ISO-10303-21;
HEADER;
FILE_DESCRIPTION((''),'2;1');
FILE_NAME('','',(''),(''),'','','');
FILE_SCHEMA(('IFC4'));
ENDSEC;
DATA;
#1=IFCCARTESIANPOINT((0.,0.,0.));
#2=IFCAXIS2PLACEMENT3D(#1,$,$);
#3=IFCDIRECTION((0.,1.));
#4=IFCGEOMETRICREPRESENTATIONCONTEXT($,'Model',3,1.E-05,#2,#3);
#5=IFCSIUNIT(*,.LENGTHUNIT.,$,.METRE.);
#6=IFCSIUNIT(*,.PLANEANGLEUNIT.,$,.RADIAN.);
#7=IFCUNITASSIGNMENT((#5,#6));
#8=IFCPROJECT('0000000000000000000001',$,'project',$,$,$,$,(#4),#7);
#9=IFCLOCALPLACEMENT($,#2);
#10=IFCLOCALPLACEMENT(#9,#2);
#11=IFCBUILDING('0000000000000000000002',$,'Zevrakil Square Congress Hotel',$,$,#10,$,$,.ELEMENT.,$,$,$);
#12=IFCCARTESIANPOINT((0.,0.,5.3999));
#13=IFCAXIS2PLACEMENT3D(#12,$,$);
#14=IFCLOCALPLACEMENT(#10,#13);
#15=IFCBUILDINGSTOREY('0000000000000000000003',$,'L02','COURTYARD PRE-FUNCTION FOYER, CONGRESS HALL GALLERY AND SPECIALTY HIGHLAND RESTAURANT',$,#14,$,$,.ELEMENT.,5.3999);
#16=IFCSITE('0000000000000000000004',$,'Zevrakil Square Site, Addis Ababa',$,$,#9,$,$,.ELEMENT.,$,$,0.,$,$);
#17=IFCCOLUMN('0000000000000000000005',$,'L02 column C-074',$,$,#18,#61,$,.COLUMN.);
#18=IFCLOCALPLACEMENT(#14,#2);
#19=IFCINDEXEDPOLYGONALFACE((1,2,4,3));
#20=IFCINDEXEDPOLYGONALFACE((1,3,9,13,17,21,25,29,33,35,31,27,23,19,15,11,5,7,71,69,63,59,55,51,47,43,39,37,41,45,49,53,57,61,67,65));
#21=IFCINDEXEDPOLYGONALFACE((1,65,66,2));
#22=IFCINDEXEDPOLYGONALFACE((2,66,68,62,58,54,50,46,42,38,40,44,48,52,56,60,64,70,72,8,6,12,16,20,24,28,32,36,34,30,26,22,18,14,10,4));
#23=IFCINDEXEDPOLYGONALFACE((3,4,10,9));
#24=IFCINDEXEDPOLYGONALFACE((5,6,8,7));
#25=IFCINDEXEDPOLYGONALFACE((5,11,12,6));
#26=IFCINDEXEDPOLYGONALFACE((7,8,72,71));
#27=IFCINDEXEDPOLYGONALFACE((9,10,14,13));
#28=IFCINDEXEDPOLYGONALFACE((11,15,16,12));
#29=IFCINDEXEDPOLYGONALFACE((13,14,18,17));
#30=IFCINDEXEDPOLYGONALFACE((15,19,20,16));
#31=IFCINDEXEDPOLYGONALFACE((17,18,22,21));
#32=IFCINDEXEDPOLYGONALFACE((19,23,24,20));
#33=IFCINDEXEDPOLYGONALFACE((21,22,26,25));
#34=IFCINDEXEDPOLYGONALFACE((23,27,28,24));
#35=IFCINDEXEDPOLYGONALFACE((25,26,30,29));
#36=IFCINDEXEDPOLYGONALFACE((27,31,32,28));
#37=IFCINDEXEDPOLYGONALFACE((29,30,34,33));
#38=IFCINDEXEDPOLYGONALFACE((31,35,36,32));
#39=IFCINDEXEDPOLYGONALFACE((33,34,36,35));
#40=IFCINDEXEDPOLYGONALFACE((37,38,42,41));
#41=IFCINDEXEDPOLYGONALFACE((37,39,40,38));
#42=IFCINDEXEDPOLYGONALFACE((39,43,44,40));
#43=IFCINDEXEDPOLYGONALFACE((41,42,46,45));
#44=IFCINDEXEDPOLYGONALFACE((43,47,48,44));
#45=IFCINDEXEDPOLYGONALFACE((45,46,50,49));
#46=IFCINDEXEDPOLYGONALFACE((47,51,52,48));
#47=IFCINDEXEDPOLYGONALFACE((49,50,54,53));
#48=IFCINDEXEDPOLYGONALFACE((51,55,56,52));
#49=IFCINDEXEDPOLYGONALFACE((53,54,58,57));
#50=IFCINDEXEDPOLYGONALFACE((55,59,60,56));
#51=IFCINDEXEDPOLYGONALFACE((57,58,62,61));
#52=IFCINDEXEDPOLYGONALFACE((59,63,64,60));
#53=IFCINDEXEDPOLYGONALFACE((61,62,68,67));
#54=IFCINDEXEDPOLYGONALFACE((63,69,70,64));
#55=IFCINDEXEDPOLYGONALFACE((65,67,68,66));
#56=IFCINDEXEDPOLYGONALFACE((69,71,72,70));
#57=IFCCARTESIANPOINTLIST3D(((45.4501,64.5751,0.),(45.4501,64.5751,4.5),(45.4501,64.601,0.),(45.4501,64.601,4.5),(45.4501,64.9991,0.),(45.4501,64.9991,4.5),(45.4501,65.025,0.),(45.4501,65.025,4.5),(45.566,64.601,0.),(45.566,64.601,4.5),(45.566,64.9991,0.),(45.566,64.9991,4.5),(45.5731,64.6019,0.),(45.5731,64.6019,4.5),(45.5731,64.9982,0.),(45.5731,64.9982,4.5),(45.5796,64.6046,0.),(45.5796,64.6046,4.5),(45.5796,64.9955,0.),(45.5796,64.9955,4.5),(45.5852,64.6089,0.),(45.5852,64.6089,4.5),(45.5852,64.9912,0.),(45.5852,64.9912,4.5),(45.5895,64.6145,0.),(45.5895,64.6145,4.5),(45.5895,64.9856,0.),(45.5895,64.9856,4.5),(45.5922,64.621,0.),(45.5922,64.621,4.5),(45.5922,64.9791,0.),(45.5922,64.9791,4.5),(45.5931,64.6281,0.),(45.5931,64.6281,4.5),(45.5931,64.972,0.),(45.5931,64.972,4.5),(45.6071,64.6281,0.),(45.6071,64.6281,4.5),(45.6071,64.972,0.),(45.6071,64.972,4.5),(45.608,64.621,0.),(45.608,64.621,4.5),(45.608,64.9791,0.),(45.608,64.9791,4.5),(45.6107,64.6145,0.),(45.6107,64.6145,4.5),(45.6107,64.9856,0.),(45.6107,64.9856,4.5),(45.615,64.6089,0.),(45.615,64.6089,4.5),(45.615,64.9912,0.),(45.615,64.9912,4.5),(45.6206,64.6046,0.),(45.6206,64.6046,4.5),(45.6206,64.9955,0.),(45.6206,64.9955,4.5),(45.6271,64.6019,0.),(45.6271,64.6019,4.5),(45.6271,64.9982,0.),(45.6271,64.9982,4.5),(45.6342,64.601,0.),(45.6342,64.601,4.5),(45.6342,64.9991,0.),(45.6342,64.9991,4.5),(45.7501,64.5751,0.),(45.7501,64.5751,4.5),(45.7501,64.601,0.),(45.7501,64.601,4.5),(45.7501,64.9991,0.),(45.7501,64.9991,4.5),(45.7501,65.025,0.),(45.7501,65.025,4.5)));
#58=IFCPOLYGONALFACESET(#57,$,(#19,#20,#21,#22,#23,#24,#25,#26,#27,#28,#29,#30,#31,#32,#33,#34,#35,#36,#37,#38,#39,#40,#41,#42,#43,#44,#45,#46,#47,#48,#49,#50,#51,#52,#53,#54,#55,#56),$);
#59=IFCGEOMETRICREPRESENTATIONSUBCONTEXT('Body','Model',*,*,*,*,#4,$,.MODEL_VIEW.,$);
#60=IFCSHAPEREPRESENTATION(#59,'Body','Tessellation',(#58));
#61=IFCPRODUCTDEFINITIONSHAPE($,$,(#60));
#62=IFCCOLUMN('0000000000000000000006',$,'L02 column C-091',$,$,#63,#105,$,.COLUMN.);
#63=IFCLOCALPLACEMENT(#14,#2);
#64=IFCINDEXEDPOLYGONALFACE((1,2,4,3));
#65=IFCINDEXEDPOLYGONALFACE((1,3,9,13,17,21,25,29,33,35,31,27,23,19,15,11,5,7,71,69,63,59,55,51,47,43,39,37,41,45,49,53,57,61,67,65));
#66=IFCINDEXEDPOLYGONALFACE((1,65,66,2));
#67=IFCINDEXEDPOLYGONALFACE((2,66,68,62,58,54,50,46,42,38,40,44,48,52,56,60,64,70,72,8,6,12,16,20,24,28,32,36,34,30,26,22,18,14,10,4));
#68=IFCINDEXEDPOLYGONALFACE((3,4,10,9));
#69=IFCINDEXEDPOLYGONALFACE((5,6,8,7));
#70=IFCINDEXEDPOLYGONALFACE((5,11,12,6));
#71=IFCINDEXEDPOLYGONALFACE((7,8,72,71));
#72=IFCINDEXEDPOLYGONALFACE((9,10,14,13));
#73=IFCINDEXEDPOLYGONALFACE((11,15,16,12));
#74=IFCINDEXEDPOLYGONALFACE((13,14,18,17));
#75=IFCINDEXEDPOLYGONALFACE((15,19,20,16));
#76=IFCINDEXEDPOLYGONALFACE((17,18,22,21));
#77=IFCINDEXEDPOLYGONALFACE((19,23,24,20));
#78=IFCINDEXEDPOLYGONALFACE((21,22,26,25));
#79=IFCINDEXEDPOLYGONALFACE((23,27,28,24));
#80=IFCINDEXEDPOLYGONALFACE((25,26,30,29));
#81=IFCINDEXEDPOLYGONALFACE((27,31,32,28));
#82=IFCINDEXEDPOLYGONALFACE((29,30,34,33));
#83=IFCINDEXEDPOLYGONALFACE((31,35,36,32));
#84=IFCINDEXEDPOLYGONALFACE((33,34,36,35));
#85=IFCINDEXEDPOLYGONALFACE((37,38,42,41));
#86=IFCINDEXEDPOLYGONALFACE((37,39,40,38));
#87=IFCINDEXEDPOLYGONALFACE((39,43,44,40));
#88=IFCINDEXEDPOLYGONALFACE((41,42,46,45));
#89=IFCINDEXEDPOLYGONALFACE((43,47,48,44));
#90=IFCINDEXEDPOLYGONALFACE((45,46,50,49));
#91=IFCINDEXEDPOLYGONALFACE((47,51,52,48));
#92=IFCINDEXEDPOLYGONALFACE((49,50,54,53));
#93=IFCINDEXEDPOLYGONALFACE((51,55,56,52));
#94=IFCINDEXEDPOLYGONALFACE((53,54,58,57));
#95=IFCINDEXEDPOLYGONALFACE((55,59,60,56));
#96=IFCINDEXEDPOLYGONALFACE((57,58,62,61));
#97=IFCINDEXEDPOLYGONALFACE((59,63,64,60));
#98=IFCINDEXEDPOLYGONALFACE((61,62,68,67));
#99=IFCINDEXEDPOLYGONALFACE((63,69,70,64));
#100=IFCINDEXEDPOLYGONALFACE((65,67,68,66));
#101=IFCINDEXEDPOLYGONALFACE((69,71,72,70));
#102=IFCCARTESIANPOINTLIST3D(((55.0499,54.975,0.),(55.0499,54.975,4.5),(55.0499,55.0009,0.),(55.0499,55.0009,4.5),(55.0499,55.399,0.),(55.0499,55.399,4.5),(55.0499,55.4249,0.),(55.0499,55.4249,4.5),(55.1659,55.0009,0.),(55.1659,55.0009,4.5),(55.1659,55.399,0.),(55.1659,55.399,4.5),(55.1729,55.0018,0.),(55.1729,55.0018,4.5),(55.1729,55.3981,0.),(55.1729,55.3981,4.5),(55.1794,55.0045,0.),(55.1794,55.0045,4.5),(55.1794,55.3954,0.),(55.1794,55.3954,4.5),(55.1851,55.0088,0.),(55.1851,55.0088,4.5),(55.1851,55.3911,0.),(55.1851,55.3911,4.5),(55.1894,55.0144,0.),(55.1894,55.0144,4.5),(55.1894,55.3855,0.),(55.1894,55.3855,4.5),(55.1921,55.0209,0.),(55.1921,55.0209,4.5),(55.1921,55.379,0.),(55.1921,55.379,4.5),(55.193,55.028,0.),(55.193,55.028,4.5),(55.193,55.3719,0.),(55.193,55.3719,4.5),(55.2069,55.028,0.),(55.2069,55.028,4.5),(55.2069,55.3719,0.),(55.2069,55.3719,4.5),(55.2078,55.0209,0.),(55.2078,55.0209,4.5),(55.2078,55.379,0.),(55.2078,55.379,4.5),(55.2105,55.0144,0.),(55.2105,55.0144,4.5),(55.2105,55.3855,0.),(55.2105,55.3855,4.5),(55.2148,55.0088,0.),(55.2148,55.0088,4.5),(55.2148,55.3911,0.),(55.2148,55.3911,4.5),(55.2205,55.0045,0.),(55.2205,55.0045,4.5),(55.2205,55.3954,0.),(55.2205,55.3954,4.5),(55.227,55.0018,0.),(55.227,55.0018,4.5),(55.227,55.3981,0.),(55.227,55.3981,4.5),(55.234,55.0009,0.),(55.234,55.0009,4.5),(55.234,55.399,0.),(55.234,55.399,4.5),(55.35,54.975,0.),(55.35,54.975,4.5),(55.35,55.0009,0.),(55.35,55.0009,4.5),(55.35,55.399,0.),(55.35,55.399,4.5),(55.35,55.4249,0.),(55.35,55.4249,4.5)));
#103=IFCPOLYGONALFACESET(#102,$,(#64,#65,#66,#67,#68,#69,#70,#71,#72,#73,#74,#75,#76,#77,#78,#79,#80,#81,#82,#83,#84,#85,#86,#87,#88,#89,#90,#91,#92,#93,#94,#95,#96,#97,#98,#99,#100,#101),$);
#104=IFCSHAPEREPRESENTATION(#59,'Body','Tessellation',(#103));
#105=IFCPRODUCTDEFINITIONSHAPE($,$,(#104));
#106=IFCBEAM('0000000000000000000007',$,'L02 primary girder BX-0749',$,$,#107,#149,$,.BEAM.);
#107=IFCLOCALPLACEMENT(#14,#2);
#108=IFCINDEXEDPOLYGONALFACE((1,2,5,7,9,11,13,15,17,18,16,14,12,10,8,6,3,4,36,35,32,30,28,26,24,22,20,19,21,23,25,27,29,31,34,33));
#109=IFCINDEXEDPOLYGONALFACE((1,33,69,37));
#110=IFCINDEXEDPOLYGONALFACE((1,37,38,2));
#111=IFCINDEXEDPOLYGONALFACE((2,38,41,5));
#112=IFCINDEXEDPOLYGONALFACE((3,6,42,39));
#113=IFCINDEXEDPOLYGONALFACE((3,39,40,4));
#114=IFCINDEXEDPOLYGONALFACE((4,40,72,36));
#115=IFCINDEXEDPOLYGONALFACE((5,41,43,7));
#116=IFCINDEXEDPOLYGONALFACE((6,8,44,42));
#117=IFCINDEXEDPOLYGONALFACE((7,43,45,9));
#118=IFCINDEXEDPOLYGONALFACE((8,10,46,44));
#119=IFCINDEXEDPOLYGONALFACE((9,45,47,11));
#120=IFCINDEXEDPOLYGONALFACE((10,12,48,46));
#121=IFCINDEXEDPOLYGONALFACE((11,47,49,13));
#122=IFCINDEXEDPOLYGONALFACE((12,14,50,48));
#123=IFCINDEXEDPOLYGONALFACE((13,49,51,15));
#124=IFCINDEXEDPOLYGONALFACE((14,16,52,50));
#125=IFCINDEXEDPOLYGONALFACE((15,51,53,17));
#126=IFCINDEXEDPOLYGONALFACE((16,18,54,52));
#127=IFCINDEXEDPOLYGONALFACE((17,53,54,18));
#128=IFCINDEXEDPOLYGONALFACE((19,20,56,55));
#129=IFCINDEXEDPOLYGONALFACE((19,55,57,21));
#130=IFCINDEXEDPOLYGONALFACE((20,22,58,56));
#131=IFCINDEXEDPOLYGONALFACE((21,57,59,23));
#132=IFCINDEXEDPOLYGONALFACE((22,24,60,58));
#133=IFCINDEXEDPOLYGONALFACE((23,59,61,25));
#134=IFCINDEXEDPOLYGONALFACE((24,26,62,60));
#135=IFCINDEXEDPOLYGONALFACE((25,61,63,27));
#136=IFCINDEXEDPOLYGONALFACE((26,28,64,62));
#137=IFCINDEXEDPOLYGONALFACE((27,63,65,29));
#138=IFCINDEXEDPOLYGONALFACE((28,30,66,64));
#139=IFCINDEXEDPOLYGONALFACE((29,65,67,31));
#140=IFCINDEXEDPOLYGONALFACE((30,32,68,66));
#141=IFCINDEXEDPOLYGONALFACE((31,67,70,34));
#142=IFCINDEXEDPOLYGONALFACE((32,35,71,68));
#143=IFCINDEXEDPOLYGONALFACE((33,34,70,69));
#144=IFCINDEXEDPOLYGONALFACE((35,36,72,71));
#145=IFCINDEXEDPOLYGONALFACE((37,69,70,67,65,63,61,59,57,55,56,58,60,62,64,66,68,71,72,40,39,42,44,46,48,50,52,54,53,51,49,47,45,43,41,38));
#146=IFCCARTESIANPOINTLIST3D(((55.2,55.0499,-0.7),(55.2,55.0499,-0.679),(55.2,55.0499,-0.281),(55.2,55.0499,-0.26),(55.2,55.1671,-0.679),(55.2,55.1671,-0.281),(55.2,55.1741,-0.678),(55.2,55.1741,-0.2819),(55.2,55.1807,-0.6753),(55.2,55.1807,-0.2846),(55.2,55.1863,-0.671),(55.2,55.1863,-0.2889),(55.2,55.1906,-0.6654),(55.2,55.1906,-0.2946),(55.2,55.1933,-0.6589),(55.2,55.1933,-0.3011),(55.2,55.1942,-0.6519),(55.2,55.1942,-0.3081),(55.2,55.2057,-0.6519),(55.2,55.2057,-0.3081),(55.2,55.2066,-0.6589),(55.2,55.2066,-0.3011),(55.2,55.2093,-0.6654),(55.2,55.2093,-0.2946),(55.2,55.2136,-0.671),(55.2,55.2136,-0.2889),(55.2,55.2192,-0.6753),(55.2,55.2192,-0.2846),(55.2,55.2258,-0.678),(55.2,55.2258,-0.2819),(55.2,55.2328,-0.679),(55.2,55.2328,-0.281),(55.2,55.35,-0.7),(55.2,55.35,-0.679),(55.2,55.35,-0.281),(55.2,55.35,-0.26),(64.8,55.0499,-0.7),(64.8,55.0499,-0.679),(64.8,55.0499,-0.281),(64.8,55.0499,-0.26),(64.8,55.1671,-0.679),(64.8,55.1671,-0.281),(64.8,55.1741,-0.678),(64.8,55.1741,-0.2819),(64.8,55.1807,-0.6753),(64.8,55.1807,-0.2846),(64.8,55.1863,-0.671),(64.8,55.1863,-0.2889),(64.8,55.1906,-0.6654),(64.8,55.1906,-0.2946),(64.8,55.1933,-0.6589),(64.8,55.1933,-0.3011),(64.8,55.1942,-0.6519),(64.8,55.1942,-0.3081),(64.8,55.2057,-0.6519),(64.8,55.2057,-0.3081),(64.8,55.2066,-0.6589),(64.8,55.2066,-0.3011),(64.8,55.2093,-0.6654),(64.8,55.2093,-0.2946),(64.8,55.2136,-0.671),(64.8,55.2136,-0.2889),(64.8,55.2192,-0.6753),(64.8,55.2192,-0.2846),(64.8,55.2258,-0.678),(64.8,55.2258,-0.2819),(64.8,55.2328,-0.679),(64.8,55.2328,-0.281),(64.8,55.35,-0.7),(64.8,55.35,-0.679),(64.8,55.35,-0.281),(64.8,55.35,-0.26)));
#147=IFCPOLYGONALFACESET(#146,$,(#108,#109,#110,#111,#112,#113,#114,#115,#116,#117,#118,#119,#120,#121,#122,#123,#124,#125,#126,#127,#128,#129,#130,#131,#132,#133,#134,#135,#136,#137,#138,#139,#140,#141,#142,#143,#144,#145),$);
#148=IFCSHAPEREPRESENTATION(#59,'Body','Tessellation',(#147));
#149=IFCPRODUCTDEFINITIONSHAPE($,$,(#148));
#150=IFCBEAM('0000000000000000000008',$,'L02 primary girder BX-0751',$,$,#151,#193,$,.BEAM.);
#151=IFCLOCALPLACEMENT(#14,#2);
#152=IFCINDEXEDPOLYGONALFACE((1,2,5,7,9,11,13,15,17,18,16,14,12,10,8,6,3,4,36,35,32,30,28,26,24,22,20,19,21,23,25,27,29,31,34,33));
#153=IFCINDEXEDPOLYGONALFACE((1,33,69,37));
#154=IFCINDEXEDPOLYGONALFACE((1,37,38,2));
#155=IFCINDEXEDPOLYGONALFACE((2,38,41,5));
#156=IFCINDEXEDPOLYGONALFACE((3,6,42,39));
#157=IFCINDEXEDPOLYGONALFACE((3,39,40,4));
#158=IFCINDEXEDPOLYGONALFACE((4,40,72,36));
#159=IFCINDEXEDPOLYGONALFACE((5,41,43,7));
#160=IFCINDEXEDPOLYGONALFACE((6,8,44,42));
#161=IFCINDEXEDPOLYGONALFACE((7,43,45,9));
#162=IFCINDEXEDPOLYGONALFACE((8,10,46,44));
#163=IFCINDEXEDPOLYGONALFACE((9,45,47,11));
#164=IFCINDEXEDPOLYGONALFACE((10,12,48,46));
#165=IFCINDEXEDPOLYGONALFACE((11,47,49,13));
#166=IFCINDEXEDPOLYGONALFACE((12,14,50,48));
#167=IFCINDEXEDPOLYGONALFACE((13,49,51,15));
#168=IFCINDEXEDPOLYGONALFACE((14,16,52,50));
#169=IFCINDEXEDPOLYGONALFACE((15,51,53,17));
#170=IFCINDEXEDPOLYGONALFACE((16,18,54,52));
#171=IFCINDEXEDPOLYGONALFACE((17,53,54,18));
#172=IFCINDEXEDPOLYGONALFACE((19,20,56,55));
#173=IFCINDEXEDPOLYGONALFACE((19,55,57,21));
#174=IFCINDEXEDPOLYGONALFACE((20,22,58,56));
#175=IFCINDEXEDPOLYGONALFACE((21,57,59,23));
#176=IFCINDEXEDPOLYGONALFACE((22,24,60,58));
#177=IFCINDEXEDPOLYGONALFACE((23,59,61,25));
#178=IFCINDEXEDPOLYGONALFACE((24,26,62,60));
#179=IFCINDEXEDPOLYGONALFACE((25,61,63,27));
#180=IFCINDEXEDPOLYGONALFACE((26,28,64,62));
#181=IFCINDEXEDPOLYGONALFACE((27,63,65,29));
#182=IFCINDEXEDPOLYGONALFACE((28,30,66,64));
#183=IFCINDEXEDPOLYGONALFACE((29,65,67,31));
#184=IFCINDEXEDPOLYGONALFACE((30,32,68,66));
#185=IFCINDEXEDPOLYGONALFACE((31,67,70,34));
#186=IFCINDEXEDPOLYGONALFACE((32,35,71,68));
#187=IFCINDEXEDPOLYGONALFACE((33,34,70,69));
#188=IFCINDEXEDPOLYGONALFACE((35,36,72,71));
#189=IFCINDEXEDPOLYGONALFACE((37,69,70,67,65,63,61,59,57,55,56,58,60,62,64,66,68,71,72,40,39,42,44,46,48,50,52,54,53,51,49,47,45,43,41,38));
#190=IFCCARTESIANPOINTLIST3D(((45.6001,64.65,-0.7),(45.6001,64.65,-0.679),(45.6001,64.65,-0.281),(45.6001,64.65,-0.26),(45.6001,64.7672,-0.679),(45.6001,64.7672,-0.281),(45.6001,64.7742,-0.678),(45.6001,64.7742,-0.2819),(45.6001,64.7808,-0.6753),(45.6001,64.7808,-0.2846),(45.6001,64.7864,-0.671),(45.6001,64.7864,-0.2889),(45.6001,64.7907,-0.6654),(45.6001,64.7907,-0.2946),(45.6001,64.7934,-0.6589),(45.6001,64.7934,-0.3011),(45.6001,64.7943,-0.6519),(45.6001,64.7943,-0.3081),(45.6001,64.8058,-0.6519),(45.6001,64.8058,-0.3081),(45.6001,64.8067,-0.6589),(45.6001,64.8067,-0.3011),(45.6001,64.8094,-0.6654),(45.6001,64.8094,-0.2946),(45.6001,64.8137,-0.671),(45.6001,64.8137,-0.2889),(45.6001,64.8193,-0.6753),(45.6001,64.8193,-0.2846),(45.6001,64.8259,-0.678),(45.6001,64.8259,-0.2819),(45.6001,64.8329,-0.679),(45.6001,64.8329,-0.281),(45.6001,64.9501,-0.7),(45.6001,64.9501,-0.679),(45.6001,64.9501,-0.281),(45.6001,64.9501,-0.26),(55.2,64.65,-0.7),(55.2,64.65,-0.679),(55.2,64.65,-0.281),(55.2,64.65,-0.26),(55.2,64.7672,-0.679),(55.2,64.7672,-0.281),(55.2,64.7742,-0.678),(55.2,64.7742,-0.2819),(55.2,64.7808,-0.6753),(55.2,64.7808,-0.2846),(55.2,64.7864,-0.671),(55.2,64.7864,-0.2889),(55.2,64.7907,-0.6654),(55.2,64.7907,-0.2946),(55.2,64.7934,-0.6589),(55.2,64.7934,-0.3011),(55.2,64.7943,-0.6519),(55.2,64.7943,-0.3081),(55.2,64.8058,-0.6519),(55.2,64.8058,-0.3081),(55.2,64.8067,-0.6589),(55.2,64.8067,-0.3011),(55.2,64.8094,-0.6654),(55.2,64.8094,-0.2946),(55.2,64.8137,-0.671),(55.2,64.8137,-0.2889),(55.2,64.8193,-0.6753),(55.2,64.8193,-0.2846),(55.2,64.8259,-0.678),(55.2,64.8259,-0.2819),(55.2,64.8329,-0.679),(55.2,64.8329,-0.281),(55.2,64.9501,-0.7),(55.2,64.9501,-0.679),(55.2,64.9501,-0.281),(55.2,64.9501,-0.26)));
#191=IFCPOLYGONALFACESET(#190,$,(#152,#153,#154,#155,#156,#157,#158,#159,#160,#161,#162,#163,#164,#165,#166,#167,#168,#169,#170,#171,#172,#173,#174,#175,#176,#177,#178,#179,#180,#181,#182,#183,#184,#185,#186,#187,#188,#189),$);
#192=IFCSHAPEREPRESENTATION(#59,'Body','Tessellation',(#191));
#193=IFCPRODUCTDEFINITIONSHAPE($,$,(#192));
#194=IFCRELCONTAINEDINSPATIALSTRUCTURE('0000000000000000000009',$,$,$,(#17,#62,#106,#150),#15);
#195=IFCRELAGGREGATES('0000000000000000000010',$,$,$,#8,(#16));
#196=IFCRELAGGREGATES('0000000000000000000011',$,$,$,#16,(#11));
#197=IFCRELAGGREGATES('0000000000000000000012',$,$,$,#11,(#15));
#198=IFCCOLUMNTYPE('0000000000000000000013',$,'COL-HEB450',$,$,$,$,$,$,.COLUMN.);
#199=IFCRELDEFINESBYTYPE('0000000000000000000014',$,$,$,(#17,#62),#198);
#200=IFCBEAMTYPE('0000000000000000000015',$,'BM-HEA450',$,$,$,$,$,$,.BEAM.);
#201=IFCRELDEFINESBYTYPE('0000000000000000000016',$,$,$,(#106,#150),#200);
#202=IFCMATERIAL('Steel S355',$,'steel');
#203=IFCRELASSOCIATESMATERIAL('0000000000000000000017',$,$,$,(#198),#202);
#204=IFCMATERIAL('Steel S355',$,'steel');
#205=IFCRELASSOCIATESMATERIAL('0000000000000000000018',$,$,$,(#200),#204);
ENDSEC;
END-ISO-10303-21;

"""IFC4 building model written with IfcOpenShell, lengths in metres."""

from ifc_helpers import new_model, si_unit, direction, frame, origin, origin_2d, place, context, subcontext, project, spatial, i_section, extrude, material, material_profile, profile_set, type_object, element, save


model = new_model("IFC4")

# Units and contexts
model_context = context("Model", 3, precision=1e-05, world=origin(), true_north=direction((0.0, 1.0)))
body_context = subcontext(model_context, "Body", "Model", "MODEL_VIEW")
ifc_project = project(units=[si_unit("LENGTHUNIT", "METRE"), si_unit("PLANEANGLEUNIT", "RADIAN")], contexts=[model_context])

# Site, building, storey
site_placement = place(None, origin())
site = spatial("IfcSite", under=ifc_project, at=site_placement, Name="Zevrakil Square Site, Addis Ababa", CompositionType="ELEMENT", RefElevation=0.0)
building_placement = place(site_placement, origin())
building = spatial("IfcBuilding", under=site, at=building_placement, Name="Zevrakil Square Congress Hotel", CompositionType="ELEMENT")
storey_placement = place(building_placement, frame((0.0, 0.0, 5.3999)))
storey = spatial("IfcBuildingStorey", under=building, at=storey_placement, Name="L02", Description="COURTYARD PRE-FUNCTION FOYER, CONGRESS HALL GALLERY AND SPECIALTY HIGHLAND RESTAURANT", CompositionType="ELEMENT", Elevation=5.3999)

# Columns
ifc_material_1 = material(Name="Steel S355", Category="steel")
ifc_material_profile_1 = material_profile(ifc_material_1, i_section(OverallWidth=0.3, OverallDepth=0.45, WebThickness=0.0139, FlangeThickness=0.0259, FilletRadius=0.0271, at=origin_2d()), Name="HEB 450")
ifc_profile_set_1 = profile_set([ifc_material_profile_1], Name="Steel S355")
column_type = type_object("IfcColumnType", Name="COL-HEB450", PredefinedType="COLUMN", material=ifc_profile_set_1)
for number, where, z_axis, x_axis, name in (
    (1, (45.6001, 64.8, 0.0), (0.0, 0.0, 1.0), (1.0, 0.0, 0.0), "L02 column C-074"),
    (2, (55.2, 55.2, 0.0), (0.0, 0.0, 1.0), (1.0, 0.0, 0.0), "L02 column C-091"),
):
    element("IfcColumn", number, at=place(storey_placement, frame(where, z_axis=z_axis, x_axis=x_axis)), inside=storey, type_object=column_type, Name=name, PredefinedType="COLUMN", context=body_context, shape_type="SweptSolid", body=[
        extrude(i_section(OverallWidth=0.3, OverallDepth=0.45, WebThickness=0.0139, FlangeThickness=0.0259, FilletRadius=0.0271, at=origin_2d()), origin(), (0.0, 0.0, 1.0), 4.5),
    ])

# Beams
ifc_material_2 = material(Name="Steel S355", Category="steel")
ifc_material_profile_2 = material_profile(ifc_material_2, i_section(OverallWidth=0.3, OverallDepth=0.4399, WebThickness=0.0115, FlangeThickness=0.021, FilletRadius=0.0271, at=origin_2d()), Name="HEA 450")
ifc_profile_set_2 = profile_set([ifc_material_profile_2], Name="Steel S355")
beam_type_1 = type_object("IfcBeamType", Name="BM-HEA450", PredefinedType="BEAM", material=ifc_profile_set_2)
beam_1_placement = place(storey_placement, frame((55.2, 55.2, -0.48), z_axis=(1.0, 0.0, 0.0), x_axis=(0.0, 1.0, 0.0)))
element("IfcBeam", 3, at=beam_1_placement, inside=storey, type_object=beam_type_1, Name="L02 primary girder BX-0749", PredefinedType="BEAM", context=body_context, shape_type="SweptSolid", body=[
    extrude(i_section(OverallWidth=0.3, OverallDepth=0.4399, WebThickness=0.0115, FlangeThickness=0.021, FilletRadius=0.0271, at=origin_2d()), origin(), (0.0, 0.0, 1.0), 9.6001),
])
beam_2_placement = place(storey_placement, frame((45.6001, 64.8, -0.48), z_axis=(1.0, 0.0, 0.0), x_axis=(0.0, 1.0, 0.0)))
element("IfcBeam", 4, at=beam_2_placement, inside=storey, type_object=beam_type_1, Name="L02 primary girder BX-0751", PredefinedType="BEAM", context=body_context, shape_type="SweptSolid", body=[
    extrude(i_section(OverallWidth=0.3, OverallDepth=0.4399, WebThickness=0.0115, FlangeThickness=0.021, FilletRadius=0.0271, at=origin_2d()), origin(), (0.0, 0.0, 1.0), 9.5999),
])

save(model, "model.ifc")
